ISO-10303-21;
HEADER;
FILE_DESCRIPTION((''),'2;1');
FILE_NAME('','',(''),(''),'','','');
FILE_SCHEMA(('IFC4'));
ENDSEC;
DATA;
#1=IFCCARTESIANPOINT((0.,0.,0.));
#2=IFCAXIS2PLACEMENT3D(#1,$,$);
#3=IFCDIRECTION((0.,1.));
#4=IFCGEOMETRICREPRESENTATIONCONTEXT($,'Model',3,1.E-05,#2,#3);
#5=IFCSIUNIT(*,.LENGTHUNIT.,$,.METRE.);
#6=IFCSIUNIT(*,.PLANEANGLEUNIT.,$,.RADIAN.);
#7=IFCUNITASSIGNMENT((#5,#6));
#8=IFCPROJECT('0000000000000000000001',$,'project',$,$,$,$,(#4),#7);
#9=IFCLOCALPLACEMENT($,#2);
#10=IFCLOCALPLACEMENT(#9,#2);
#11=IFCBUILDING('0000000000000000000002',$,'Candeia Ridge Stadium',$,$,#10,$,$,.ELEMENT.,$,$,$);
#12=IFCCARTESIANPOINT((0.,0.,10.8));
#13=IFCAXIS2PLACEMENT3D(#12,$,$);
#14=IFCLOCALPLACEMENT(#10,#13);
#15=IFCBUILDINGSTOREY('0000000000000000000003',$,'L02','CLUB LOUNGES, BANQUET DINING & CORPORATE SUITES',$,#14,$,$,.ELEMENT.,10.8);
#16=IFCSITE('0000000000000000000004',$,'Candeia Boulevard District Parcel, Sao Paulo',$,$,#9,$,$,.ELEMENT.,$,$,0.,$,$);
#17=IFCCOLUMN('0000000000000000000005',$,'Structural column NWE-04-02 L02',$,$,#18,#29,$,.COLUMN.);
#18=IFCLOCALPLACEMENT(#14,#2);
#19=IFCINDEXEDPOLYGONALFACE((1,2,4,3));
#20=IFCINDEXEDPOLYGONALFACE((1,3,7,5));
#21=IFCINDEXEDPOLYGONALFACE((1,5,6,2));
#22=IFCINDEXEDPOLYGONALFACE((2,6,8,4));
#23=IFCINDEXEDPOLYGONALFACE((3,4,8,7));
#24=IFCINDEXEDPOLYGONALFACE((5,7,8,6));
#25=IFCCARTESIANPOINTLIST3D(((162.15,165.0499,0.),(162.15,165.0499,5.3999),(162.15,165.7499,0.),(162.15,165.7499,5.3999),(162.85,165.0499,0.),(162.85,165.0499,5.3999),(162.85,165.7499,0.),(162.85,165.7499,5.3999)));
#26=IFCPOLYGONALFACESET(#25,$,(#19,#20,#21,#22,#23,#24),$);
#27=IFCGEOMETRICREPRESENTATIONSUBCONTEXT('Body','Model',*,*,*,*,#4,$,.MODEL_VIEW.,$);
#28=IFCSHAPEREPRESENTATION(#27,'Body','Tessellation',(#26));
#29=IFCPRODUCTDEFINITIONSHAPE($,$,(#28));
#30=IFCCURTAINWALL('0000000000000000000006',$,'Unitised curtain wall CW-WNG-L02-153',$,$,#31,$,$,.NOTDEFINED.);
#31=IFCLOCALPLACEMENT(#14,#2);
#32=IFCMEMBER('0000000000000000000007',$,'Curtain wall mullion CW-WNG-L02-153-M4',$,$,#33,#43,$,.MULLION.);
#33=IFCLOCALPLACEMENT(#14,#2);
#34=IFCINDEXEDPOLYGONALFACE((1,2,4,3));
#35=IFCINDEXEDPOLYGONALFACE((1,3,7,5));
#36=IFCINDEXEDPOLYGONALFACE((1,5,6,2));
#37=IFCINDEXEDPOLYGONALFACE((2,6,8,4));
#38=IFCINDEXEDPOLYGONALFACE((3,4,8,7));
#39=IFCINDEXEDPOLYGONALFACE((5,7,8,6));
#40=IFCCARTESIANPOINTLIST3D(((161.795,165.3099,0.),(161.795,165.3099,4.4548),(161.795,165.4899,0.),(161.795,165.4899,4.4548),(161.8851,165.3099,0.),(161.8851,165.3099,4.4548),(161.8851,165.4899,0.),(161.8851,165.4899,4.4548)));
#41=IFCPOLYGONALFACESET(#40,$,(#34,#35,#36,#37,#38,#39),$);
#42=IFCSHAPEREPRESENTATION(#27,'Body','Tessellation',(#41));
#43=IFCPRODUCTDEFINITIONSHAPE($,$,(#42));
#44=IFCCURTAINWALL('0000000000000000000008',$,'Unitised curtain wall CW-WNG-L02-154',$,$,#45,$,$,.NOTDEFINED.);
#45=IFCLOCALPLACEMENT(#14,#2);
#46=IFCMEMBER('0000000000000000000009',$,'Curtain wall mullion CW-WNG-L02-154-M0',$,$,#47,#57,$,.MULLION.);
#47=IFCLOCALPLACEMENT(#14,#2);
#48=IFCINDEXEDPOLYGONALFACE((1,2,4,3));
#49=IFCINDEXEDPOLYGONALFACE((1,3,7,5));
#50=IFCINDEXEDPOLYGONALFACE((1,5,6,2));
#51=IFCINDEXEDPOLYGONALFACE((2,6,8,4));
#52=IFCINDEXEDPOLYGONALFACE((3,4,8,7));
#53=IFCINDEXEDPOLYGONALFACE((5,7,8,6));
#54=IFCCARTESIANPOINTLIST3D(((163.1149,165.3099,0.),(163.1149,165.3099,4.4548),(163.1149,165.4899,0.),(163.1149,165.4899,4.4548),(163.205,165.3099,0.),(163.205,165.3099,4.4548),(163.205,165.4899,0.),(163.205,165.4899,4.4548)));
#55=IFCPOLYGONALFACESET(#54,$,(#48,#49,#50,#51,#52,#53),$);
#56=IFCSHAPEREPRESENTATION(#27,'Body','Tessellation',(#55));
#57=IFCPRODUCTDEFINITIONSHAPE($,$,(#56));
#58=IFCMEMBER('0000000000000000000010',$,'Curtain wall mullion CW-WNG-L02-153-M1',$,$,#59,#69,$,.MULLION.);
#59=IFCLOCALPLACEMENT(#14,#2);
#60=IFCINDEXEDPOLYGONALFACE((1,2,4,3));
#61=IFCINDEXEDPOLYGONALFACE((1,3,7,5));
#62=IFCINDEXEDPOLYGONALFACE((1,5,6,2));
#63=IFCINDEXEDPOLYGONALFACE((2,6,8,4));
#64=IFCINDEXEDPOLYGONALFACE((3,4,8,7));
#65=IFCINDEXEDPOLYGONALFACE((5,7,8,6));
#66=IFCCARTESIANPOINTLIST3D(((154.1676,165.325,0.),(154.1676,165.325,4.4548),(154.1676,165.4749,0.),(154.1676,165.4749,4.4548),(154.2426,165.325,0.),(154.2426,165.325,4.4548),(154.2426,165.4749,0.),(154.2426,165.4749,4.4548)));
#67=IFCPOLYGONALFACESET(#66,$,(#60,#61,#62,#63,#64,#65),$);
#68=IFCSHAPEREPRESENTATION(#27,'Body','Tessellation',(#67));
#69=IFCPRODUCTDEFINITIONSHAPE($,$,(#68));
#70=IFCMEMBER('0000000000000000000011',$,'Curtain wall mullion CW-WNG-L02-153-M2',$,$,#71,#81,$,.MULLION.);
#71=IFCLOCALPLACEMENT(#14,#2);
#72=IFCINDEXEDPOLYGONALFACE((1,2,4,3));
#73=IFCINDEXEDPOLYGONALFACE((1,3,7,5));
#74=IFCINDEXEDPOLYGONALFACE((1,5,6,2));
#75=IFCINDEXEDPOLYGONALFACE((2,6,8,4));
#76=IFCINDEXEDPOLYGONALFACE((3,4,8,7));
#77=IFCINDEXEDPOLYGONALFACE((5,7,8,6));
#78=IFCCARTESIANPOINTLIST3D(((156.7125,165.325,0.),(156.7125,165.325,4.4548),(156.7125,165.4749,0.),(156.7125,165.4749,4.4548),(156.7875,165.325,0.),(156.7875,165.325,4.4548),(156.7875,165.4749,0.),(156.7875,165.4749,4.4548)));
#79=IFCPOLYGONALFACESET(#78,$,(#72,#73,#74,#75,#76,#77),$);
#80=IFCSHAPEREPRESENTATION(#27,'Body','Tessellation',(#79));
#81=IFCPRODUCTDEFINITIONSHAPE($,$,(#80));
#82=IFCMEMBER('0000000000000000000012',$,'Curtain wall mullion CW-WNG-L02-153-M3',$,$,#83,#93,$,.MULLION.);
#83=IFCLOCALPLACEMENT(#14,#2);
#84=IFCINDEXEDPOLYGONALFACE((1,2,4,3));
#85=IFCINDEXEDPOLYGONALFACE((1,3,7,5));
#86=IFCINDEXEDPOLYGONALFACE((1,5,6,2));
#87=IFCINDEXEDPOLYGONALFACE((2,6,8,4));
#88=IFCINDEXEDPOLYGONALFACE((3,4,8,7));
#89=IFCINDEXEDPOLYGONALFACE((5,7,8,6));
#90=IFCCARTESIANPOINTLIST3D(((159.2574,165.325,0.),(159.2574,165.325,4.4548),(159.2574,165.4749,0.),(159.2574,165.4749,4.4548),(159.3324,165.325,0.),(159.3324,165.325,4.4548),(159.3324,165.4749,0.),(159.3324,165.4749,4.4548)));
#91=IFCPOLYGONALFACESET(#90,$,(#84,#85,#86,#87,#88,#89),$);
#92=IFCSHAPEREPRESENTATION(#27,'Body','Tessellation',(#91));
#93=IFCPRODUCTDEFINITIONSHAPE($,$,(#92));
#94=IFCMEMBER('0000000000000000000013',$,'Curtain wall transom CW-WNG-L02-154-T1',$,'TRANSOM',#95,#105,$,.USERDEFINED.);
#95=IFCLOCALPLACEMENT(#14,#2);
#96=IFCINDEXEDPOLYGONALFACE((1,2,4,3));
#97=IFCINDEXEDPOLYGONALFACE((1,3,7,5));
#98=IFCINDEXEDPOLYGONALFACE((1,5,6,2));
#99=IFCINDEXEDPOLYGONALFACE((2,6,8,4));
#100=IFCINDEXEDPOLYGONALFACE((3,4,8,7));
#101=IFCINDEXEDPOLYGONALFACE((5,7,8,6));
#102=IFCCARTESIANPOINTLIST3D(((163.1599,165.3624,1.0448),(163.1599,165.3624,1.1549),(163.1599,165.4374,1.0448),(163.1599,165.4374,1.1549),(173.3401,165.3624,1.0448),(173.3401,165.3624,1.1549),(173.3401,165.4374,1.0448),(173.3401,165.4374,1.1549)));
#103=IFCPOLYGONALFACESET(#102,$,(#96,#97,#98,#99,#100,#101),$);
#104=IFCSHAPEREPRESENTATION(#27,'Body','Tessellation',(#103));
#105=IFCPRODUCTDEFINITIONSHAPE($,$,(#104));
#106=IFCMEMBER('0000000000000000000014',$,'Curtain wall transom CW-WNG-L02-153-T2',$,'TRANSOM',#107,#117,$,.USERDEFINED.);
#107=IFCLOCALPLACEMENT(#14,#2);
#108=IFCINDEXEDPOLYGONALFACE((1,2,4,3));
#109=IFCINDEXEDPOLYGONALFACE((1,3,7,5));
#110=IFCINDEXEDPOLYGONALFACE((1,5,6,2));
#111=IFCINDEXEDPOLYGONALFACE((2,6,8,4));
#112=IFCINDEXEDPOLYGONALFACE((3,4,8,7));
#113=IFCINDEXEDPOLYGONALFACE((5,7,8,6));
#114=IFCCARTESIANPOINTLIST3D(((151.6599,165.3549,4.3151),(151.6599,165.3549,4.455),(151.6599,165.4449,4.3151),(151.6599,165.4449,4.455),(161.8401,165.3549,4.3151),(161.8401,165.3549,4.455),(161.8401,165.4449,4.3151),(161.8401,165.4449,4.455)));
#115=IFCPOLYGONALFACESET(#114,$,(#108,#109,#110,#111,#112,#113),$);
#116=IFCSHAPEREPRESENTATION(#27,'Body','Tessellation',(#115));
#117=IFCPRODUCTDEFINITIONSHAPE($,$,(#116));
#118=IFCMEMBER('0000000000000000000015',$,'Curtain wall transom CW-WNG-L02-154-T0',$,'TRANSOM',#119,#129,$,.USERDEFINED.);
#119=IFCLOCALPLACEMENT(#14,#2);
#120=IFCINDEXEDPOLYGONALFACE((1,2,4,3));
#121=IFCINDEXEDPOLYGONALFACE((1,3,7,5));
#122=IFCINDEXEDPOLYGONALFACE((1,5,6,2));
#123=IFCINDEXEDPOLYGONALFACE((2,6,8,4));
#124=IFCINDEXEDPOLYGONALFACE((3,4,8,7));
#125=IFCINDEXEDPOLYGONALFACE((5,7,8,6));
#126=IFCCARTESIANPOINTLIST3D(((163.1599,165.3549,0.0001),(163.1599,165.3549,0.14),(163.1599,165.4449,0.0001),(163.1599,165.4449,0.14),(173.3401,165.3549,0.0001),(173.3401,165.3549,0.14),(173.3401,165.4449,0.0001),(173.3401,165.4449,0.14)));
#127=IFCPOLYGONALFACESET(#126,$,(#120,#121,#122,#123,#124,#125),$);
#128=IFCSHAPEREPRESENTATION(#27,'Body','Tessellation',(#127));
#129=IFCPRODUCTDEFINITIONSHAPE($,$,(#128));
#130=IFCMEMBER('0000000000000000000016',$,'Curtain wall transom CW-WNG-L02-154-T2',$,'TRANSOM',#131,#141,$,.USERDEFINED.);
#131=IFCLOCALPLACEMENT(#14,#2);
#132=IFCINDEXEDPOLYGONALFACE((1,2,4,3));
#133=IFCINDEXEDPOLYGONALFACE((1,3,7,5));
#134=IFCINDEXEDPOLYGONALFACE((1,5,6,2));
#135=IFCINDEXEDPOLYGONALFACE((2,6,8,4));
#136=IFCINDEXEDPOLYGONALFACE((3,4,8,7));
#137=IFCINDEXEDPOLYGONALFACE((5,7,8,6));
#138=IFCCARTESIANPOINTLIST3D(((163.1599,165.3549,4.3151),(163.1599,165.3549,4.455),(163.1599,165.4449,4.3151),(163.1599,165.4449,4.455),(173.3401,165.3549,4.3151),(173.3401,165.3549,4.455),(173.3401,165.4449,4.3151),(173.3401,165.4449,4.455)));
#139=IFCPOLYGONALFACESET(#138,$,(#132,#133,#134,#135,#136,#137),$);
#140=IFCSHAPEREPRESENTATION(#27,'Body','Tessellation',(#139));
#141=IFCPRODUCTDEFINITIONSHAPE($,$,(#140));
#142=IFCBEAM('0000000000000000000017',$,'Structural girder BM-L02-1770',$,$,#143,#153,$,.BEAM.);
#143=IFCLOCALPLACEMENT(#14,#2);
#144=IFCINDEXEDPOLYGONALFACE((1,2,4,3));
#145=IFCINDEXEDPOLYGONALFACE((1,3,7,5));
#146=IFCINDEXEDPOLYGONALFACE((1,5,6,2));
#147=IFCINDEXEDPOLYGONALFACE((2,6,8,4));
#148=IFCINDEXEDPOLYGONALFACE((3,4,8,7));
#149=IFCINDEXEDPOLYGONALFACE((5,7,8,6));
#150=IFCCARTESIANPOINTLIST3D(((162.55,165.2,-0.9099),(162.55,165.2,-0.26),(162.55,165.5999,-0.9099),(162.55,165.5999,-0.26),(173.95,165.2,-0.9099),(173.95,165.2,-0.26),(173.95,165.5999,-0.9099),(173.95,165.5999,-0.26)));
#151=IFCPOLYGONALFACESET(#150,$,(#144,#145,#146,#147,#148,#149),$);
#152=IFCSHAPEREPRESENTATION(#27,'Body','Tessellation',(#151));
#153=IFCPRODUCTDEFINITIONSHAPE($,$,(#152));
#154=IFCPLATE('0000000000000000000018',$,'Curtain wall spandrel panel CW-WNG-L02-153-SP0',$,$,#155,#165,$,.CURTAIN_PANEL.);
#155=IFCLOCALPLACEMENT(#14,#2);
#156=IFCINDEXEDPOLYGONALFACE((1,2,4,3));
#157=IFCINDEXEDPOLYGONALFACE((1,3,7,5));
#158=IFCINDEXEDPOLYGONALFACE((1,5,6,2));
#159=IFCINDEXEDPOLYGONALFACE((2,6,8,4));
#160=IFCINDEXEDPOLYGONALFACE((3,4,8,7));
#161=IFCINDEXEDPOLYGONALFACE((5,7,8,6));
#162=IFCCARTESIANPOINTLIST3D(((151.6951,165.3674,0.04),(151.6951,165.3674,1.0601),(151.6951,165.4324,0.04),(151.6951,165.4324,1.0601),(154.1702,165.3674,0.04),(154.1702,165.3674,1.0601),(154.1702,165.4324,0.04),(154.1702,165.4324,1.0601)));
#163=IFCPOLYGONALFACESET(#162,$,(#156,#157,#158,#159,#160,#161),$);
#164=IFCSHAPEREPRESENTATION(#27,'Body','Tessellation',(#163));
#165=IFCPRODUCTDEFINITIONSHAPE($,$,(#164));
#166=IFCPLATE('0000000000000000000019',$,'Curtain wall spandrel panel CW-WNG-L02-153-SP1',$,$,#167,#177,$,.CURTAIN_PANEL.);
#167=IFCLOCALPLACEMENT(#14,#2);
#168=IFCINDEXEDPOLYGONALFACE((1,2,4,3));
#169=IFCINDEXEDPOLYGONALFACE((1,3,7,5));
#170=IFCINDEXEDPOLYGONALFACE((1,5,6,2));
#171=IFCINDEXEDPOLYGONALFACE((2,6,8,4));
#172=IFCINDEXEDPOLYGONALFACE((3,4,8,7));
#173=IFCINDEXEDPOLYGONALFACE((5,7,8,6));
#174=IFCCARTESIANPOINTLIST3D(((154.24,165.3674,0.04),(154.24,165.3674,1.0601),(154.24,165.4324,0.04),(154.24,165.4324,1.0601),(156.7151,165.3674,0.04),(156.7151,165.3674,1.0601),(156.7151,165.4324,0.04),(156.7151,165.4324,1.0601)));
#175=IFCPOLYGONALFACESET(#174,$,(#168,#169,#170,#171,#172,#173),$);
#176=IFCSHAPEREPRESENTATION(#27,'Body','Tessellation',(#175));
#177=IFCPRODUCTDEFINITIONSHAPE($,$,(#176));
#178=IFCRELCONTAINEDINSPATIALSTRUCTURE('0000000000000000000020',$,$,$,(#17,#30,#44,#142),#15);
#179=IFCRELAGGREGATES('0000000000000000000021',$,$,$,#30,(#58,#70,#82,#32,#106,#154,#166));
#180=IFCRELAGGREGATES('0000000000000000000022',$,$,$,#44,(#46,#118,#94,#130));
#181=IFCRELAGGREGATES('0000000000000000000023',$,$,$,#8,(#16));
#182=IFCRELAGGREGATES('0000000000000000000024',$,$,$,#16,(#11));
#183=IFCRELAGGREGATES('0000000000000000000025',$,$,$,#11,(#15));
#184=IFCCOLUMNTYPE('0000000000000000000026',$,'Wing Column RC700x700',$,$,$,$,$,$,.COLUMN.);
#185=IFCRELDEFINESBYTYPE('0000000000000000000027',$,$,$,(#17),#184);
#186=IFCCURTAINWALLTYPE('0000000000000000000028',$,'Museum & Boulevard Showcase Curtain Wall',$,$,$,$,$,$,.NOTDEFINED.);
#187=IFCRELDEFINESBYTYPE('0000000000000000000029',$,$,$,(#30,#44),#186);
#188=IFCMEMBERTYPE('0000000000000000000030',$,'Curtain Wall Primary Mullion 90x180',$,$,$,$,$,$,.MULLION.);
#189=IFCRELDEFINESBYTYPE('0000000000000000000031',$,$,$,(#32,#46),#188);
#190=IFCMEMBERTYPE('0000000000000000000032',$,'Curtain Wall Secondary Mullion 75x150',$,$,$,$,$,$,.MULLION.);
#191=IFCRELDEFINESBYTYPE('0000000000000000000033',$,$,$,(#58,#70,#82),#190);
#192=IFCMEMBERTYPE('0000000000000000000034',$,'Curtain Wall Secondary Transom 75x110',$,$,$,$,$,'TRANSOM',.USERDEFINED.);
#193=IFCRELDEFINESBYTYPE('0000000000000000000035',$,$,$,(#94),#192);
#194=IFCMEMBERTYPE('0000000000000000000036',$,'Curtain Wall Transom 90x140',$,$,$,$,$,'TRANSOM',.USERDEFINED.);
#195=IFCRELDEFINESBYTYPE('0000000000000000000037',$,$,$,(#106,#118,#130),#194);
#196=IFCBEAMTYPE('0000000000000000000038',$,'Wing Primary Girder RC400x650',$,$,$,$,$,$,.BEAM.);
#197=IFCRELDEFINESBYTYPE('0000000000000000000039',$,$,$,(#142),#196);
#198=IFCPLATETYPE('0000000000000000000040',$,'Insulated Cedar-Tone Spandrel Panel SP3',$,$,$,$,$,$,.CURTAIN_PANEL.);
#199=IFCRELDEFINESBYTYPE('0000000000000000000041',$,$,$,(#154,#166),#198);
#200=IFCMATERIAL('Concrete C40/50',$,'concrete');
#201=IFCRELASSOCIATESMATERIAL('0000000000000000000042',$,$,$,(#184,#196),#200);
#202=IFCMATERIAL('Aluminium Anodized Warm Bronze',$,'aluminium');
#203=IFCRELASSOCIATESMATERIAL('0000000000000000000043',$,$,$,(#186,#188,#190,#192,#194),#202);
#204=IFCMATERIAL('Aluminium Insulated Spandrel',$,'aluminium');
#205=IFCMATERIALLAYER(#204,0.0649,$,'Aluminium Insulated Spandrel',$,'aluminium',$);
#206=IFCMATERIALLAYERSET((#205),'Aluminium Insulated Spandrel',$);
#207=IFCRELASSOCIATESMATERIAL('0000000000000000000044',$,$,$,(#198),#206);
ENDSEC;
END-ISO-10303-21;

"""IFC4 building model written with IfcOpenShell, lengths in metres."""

from ifc_helpers import new_model, si_unit, direction, frame, origin, origin_2d, place, context, subcontext, project, spatial, rectangle, extrude, material, layer, layer_set, material_profile, profile_set, type_object, element, aggregate, save


model = new_model("IFC4")

# Units and contexts
model_context = context("Model", 3, precision=1e-05, world=origin(), true_north=direction((0.0, 1.0)))
body_context = subcontext(model_context, "Body", "Model", "MODEL_VIEW")
ifc_project = project(units=[si_unit("LENGTHUNIT", "METRE"), si_unit("PLANEANGLEUNIT", "RADIAN")], contexts=[model_context])

# Site, building, storey
site_placement = place(None, origin())
site = spatial("IfcSite", under=ifc_project, at=site_placement, Name="Candeia Boulevard District Parcel, Sao Paulo", CompositionType="ELEMENT", RefElevation=0.0)
building_placement = place(site_placement, origin())
building = spatial("IfcBuilding", under=site, at=building_placement, Name="Candeia Ridge Stadium", CompositionType="ELEMENT")
storey_placement = place(building_placement, frame((0.0, 0.0, 10.8)))
storey = spatial("IfcBuildingStorey", under=building, at=storey_placement, Name="L02", Description="CLUB LOUNGES, BANQUET DINING & CORPORATE SUITES", CompositionType="ELEMENT", Elevation=10.8)

# Column
ifc_material_1 = material(Name="Concrete C40/50", Category="concrete")
ifc_material_profile_1 = material_profile(ifc_material_1, rectangle(XDim=0.7, YDim=0.7, at=origin_2d()), Name="RC700x700", Category="concrete")
ifc_profile_set_1 = profile_set([ifc_material_profile_1], Name="Concrete C40/50")
column_type = type_object("IfcColumnType", Name="Wing Column RC700x700", PredefinedType="COLUMN", material=ifc_profile_set_1)
column_placement = place(storey_placement, frame((162.5, 165.3999, 0.0), z_axis=(0.0, 0.0, 1.0), x_axis=(1.0, 0.0, 0.0)))
element("IfcColumn", 1, at=column_placement, inside=storey, type_object=column_type, Name="Structural column NWE-04-02 L02", PredefinedType="COLUMN", context=body_context, shape_type="SweptSolid", body=[
    extrude(rectangle(XDim=0.7, YDim=0.7, at=origin_2d()), origin(), (0.0, 0.0, 1.0), 5.3999),
])

# Curtain walls, members
ifc_material_2 = material(Name="Aluminium Anodized Warm Bronze", Category="aluminium")
curtain_wall_type = type_object("IfcCurtainWallType", Name="Museum & Boulevard Showcase Curtain Wall", PredefinedType="NOTDEFINED", material=ifc_material_2)
curtain_wall_1_placement = place(storey_placement, origin())
curtain_wall_1 = element("IfcCurtainWall", 2, at=curtain_wall_1_placement, inside=storey, type_object=curtain_wall_type, Name="Unitised curtain wall CW-WNG-L02-153", PredefinedType="NOTDEFINED")
ifc_material_profile_2 = material_profile(ifc_material_2, rectangle(XDim=0.0901, YDim=0.1799, at=origin_2d()), Name="CWM-90x180", Category="aluminium")
ifc_profile_set_2 = profile_set([ifc_material_profile_2], Name="Aluminium Anodized Warm Bronze")
member_type_1 = type_object("IfcMemberType", Name="Curtain Wall Primary Mullion 90x180", PredefinedType="MULLION", material=ifc_profile_set_2)
member_1_placement = place(storey_placement, frame((161.8401, 165.3999, 0.0), z_axis=(0.0, 0.0, 1.0), x_axis=(1.0, 0.0, 0.0)))
member_1 = element("IfcMember", 3, at=member_1_placement, type_object=member_type_1, Name="Curtain wall mullion CW-WNG-L02-153-M4", PredefinedType="MULLION", context=body_context, shape_type="SweptSolid", body=[
    extrude(rectangle(XDim=0.0901, YDim=0.1799, at=origin_2d()), origin(), (0.0, 0.0, 1.0), 4.4548),
])
curtain_wall_2_placement = place(storey_placement, origin())
curtain_wall_2 = element("IfcCurtainWall", 4, at=curtain_wall_2_placement, inside=storey, type_object=curtain_wall_type, Name="Unitised curtain wall CW-WNG-L02-154", PredefinedType="NOTDEFINED")
member_2_placement = place(storey_placement, frame((163.1599, 165.3999, 0.0), z_axis=(0.0, 0.0, 1.0), x_axis=(1.0, 0.0, 0.0)))
member_2 = element("IfcMember", 5, at=member_2_placement, type_object=member_type_1, Name="Curtain wall mullion CW-WNG-L02-154-M0", PredefinedType="MULLION", context=body_context, shape_type="SweptSolid", body=[
    extrude(rectangle(XDim=0.0901, YDim=0.1799, at=origin_2d()), origin(), (0.0, 0.0, 1.0), 4.4548),
])

# Members
ifc_material_profile_3 = material_profile(ifc_material_2, rectangle(XDim=0.075, YDim=0.1499, at=origin_2d()), Name="CWM-75x150", Category="aluminium")
ifc_profile_set_3 = profile_set([ifc_material_profile_3], Name="Aluminium Anodized Warm Bronze")
member_type_2 = type_object("IfcMemberType", Name="Curtain Wall Secondary Mullion 75x150", PredefinedType="MULLION", material=ifc_profile_set_3)
member_3_placement = place(storey_placement, frame((154.2051, 165.3999, 0.0), z_axis=(0.0, 0.0, 1.0), x_axis=(1.0, 0.0, 0.0)))
member_3 = element("IfcMember", 6, at=member_3_placement, type_object=member_type_2, Name="Curtain wall mullion CW-WNG-L02-153-M1", PredefinedType="MULLION", context=body_context, shape_type="SweptSolid", body=[
    extrude(rectangle(XDim=0.075, YDim=0.1499, at=origin_2d()), origin(), (0.0, 0.0, 1.0), 4.4548),
])
member_4_placement = place(storey_placement, frame((156.75, 165.3999, 0.0), z_axis=(0.0, 0.0, 1.0), x_axis=(1.0, 0.0, 0.0)))
member_4 = element("IfcMember", 7, at=member_4_placement, type_object=member_type_2, Name="Curtain wall mullion CW-WNG-L02-153-M2", PredefinedType="MULLION", context=body_context, shape_type="SweptSolid", body=[
    extrude(rectangle(XDim=0.075, YDim=0.1499, at=origin_2d()), origin(), (0.0, 0.0, 1.0), 4.4548),
])
member_5_placement = place(storey_placement, frame((159.2949, 165.3999, 0.0), z_axis=(0.0, 0.0, 1.0), x_axis=(1.0, 0.0, 0.0)))
member_5 = element("IfcMember", 8, at=member_5_placement, type_object=member_type_2, Name="Curtain wall mullion CW-WNG-L02-153-M3", PredefinedType="MULLION", context=body_context, shape_type="SweptSolid", body=[
    extrude(rectangle(XDim=0.075, YDim=0.1499, at=origin_2d()), origin(), (0.0, 0.0, 1.0), 4.4548),
])
ifc_material_profile_4 = material_profile(ifc_material_2, rectangle(XDim=0.075, YDim=0.1101, at=origin_2d()), Name="CWT-75x110", Category="aluminium")
ifc_profile_set_4 = profile_set([ifc_material_profile_4], Name="Aluminium Anodized Warm Bronze")
member_type_3 = type_object("IfcMemberType", Name="Curtain Wall Secondary Transom 75x110", ElementType="TRANSOM", PredefinedType="USERDEFINED", material=ifc_profile_set_4)
member_6_placement = place(storey_placement, frame((163.1599, 165.3999, 1.0999), z_axis=(1.0, 0.0, 0.0), x_axis=(0.0, 1.0, 0.0)))
member_6 = element("IfcMember", 9, at=member_6_placement, type_object=member_type_3, Name="Curtain wall transom CW-WNG-L02-154-T1", ObjectType="TRANSOM", PredefinedType="USERDEFINED", context=body_context, shape_type="SweptSolid", body=[
    extrude(rectangle(XDim=0.075, YDim=0.1101, at=origin_2d()), origin(), (0.0, 0.0, 1.0), 10.1802),
])
ifc_material_profile_5 = material_profile(ifc_material_2, rectangle(XDim=0.0901, YDim=0.1399, at=origin_2d()), Name="CWT-90x140", Category="aluminium")
ifc_profile_set_5 = profile_set([ifc_material_profile_5], Name="Aluminium Anodized Warm Bronze")
member_type_4 = type_object("IfcMemberType", Name="Curtain Wall Transom 90x140", ElementType="TRANSOM", PredefinedType="USERDEFINED", material=ifc_profile_set_5)
member_7_placement = place(storey_placement, frame((151.6599, 165.3999, 4.385), z_axis=(1.0, 0.0, 0.0), x_axis=(0.0, 1.0, 0.0)))
member_7 = element("IfcMember", 10, at=member_7_placement, type_object=member_type_4, Name="Curtain wall transom CW-WNG-L02-153-T2", ObjectType="TRANSOM", PredefinedType="USERDEFINED", context=body_context, shape_type="SweptSolid", body=[
    extrude(rectangle(XDim=0.0901, YDim=0.1399, at=origin_2d()), origin(), (0.0, 0.0, 1.0), 10.1802),
])
member_8_placement = place(storey_placement, frame((163.1599, 165.3999, 0.0701), z_axis=(1.0, 0.0, 0.0), x_axis=(0.0, 1.0, 0.0)))
member_8 = element("IfcMember", 11, at=member_8_placement, type_object=member_type_4, Name="Curtain wall transom CW-WNG-L02-154-T0", ObjectType="TRANSOM", PredefinedType="USERDEFINED", context=body_context, shape_type="SweptSolid", body=[
    extrude(rectangle(XDim=0.0901, YDim=0.1399, at=origin_2d()), origin(), (0.0, 0.0, 1.0), 10.1802),
])
member_9_placement = place(storey_placement, frame((163.1599, 165.3999, 4.385), z_axis=(1.0, 0.0, 0.0), x_axis=(0.0, 1.0, 0.0)))
member_9 = element("IfcMember", 12, at=member_9_placement, type_object=member_type_4, Name="Curtain wall transom CW-WNG-L02-154-T2", ObjectType="TRANSOM", PredefinedType="USERDEFINED", context=body_context, shape_type="SweptSolid", body=[
    extrude(rectangle(XDim=0.0901, YDim=0.1399, at=origin_2d()), origin(), (0.0, 0.0, 1.0), 10.1802),
])

# Beam
ifc_material_profile_6 = material_profile(ifc_material_1, rectangle(XDim=0.3999, YDim=0.6499, at=origin_2d()), Name="RC400x650", Category="concrete")
ifc_profile_set_6 = profile_set([ifc_material_profile_6], Name="Concrete C40/50")
beam_type = type_object("IfcBeamType", Name="Wing Primary Girder RC400x650", PredefinedType="BEAM", material=ifc_profile_set_6)
beam_placement = place(storey_placement, frame((162.55, 165.3999, -0.585), z_axis=(1.0, 0.0, 0.0), x_axis=(0.0, 1.0, 0.0)))
element("IfcBeam", 13, at=beam_placement, inside=storey, type_object=beam_type, Name="Structural girder BM-L02-1770", PredefinedType="BEAM", context=body_context, shape_type="SweptSolid", body=[
    extrude(rectangle(XDim=0.3999, YDim=0.6499, at=origin_2d()), origin(), (0.0, 0.0, 1.0), 11.3999),
])

# Plates
ifc_material_3 = material(Name="Aluminium Insulated Spandrel", Category="aluminium")
ifc_layer_1 = layer(ifc_material_3, 0.0649, Name="Aluminium Insulated Spandrel", Category="aluminium")
ifc_layer_set_1 = layer_set([ifc_layer_1], Name="Aluminium Insulated Spandrel")
plate_type_1 = type_object("IfcPlateType", Name="Insulated Cedar-Tone Spandrel Panel SP3", PredefinedType="CURTAIN_PANEL", material=ifc_layer_set_1)
plate_1_placement = place(storey_placement, frame((152.9326, 165.3999, 0.04), z_axis=(0.0, 0.0, 1.0), x_axis=(1.0, 0.0, 0.0)))
plate_1 = element("IfcPlate", 14, at=plate_1_placement, type_object=plate_type_1, Name="Curtain wall spandrel panel CW-WNG-L02-153-SP0", PredefinedType="CURTAIN_PANEL", context=body_context, shape_type="SweptSolid", body=[
    extrude(rectangle(XDim=2.4751, YDim=0.0649, at=origin_2d()), origin(), (0.0, 0.0, 1.0), 1.02),
])
plate_2_placement = place(storey_placement, frame((155.4775, 165.3999, 0.04), z_axis=(0.0, 0.0, 1.0), x_axis=(1.0, 0.0, 0.0)))
plate_2 = element("IfcPlate", 15, at=plate_2_placement, type_object=plate_type_1, Name="Curtain wall spandrel panel CW-WNG-L02-153-SP1", PredefinedType="CURTAIN_PANEL", context=body_context, shape_type="SweptSolid", body=[
    extrude(rectangle(XDim=2.4751, YDim=0.0649, at=origin_2d()), origin(), (0.0, 0.0, 1.0), 1.02),
])
aggregate(curtain_wall_1, [member_3, member_4, member_5, member_1, member_7, plate_1, plate_2])
aggregate(curtain_wall_2, [member_2, member_8, member_6, member_9])

save(model, "model.ifc")
